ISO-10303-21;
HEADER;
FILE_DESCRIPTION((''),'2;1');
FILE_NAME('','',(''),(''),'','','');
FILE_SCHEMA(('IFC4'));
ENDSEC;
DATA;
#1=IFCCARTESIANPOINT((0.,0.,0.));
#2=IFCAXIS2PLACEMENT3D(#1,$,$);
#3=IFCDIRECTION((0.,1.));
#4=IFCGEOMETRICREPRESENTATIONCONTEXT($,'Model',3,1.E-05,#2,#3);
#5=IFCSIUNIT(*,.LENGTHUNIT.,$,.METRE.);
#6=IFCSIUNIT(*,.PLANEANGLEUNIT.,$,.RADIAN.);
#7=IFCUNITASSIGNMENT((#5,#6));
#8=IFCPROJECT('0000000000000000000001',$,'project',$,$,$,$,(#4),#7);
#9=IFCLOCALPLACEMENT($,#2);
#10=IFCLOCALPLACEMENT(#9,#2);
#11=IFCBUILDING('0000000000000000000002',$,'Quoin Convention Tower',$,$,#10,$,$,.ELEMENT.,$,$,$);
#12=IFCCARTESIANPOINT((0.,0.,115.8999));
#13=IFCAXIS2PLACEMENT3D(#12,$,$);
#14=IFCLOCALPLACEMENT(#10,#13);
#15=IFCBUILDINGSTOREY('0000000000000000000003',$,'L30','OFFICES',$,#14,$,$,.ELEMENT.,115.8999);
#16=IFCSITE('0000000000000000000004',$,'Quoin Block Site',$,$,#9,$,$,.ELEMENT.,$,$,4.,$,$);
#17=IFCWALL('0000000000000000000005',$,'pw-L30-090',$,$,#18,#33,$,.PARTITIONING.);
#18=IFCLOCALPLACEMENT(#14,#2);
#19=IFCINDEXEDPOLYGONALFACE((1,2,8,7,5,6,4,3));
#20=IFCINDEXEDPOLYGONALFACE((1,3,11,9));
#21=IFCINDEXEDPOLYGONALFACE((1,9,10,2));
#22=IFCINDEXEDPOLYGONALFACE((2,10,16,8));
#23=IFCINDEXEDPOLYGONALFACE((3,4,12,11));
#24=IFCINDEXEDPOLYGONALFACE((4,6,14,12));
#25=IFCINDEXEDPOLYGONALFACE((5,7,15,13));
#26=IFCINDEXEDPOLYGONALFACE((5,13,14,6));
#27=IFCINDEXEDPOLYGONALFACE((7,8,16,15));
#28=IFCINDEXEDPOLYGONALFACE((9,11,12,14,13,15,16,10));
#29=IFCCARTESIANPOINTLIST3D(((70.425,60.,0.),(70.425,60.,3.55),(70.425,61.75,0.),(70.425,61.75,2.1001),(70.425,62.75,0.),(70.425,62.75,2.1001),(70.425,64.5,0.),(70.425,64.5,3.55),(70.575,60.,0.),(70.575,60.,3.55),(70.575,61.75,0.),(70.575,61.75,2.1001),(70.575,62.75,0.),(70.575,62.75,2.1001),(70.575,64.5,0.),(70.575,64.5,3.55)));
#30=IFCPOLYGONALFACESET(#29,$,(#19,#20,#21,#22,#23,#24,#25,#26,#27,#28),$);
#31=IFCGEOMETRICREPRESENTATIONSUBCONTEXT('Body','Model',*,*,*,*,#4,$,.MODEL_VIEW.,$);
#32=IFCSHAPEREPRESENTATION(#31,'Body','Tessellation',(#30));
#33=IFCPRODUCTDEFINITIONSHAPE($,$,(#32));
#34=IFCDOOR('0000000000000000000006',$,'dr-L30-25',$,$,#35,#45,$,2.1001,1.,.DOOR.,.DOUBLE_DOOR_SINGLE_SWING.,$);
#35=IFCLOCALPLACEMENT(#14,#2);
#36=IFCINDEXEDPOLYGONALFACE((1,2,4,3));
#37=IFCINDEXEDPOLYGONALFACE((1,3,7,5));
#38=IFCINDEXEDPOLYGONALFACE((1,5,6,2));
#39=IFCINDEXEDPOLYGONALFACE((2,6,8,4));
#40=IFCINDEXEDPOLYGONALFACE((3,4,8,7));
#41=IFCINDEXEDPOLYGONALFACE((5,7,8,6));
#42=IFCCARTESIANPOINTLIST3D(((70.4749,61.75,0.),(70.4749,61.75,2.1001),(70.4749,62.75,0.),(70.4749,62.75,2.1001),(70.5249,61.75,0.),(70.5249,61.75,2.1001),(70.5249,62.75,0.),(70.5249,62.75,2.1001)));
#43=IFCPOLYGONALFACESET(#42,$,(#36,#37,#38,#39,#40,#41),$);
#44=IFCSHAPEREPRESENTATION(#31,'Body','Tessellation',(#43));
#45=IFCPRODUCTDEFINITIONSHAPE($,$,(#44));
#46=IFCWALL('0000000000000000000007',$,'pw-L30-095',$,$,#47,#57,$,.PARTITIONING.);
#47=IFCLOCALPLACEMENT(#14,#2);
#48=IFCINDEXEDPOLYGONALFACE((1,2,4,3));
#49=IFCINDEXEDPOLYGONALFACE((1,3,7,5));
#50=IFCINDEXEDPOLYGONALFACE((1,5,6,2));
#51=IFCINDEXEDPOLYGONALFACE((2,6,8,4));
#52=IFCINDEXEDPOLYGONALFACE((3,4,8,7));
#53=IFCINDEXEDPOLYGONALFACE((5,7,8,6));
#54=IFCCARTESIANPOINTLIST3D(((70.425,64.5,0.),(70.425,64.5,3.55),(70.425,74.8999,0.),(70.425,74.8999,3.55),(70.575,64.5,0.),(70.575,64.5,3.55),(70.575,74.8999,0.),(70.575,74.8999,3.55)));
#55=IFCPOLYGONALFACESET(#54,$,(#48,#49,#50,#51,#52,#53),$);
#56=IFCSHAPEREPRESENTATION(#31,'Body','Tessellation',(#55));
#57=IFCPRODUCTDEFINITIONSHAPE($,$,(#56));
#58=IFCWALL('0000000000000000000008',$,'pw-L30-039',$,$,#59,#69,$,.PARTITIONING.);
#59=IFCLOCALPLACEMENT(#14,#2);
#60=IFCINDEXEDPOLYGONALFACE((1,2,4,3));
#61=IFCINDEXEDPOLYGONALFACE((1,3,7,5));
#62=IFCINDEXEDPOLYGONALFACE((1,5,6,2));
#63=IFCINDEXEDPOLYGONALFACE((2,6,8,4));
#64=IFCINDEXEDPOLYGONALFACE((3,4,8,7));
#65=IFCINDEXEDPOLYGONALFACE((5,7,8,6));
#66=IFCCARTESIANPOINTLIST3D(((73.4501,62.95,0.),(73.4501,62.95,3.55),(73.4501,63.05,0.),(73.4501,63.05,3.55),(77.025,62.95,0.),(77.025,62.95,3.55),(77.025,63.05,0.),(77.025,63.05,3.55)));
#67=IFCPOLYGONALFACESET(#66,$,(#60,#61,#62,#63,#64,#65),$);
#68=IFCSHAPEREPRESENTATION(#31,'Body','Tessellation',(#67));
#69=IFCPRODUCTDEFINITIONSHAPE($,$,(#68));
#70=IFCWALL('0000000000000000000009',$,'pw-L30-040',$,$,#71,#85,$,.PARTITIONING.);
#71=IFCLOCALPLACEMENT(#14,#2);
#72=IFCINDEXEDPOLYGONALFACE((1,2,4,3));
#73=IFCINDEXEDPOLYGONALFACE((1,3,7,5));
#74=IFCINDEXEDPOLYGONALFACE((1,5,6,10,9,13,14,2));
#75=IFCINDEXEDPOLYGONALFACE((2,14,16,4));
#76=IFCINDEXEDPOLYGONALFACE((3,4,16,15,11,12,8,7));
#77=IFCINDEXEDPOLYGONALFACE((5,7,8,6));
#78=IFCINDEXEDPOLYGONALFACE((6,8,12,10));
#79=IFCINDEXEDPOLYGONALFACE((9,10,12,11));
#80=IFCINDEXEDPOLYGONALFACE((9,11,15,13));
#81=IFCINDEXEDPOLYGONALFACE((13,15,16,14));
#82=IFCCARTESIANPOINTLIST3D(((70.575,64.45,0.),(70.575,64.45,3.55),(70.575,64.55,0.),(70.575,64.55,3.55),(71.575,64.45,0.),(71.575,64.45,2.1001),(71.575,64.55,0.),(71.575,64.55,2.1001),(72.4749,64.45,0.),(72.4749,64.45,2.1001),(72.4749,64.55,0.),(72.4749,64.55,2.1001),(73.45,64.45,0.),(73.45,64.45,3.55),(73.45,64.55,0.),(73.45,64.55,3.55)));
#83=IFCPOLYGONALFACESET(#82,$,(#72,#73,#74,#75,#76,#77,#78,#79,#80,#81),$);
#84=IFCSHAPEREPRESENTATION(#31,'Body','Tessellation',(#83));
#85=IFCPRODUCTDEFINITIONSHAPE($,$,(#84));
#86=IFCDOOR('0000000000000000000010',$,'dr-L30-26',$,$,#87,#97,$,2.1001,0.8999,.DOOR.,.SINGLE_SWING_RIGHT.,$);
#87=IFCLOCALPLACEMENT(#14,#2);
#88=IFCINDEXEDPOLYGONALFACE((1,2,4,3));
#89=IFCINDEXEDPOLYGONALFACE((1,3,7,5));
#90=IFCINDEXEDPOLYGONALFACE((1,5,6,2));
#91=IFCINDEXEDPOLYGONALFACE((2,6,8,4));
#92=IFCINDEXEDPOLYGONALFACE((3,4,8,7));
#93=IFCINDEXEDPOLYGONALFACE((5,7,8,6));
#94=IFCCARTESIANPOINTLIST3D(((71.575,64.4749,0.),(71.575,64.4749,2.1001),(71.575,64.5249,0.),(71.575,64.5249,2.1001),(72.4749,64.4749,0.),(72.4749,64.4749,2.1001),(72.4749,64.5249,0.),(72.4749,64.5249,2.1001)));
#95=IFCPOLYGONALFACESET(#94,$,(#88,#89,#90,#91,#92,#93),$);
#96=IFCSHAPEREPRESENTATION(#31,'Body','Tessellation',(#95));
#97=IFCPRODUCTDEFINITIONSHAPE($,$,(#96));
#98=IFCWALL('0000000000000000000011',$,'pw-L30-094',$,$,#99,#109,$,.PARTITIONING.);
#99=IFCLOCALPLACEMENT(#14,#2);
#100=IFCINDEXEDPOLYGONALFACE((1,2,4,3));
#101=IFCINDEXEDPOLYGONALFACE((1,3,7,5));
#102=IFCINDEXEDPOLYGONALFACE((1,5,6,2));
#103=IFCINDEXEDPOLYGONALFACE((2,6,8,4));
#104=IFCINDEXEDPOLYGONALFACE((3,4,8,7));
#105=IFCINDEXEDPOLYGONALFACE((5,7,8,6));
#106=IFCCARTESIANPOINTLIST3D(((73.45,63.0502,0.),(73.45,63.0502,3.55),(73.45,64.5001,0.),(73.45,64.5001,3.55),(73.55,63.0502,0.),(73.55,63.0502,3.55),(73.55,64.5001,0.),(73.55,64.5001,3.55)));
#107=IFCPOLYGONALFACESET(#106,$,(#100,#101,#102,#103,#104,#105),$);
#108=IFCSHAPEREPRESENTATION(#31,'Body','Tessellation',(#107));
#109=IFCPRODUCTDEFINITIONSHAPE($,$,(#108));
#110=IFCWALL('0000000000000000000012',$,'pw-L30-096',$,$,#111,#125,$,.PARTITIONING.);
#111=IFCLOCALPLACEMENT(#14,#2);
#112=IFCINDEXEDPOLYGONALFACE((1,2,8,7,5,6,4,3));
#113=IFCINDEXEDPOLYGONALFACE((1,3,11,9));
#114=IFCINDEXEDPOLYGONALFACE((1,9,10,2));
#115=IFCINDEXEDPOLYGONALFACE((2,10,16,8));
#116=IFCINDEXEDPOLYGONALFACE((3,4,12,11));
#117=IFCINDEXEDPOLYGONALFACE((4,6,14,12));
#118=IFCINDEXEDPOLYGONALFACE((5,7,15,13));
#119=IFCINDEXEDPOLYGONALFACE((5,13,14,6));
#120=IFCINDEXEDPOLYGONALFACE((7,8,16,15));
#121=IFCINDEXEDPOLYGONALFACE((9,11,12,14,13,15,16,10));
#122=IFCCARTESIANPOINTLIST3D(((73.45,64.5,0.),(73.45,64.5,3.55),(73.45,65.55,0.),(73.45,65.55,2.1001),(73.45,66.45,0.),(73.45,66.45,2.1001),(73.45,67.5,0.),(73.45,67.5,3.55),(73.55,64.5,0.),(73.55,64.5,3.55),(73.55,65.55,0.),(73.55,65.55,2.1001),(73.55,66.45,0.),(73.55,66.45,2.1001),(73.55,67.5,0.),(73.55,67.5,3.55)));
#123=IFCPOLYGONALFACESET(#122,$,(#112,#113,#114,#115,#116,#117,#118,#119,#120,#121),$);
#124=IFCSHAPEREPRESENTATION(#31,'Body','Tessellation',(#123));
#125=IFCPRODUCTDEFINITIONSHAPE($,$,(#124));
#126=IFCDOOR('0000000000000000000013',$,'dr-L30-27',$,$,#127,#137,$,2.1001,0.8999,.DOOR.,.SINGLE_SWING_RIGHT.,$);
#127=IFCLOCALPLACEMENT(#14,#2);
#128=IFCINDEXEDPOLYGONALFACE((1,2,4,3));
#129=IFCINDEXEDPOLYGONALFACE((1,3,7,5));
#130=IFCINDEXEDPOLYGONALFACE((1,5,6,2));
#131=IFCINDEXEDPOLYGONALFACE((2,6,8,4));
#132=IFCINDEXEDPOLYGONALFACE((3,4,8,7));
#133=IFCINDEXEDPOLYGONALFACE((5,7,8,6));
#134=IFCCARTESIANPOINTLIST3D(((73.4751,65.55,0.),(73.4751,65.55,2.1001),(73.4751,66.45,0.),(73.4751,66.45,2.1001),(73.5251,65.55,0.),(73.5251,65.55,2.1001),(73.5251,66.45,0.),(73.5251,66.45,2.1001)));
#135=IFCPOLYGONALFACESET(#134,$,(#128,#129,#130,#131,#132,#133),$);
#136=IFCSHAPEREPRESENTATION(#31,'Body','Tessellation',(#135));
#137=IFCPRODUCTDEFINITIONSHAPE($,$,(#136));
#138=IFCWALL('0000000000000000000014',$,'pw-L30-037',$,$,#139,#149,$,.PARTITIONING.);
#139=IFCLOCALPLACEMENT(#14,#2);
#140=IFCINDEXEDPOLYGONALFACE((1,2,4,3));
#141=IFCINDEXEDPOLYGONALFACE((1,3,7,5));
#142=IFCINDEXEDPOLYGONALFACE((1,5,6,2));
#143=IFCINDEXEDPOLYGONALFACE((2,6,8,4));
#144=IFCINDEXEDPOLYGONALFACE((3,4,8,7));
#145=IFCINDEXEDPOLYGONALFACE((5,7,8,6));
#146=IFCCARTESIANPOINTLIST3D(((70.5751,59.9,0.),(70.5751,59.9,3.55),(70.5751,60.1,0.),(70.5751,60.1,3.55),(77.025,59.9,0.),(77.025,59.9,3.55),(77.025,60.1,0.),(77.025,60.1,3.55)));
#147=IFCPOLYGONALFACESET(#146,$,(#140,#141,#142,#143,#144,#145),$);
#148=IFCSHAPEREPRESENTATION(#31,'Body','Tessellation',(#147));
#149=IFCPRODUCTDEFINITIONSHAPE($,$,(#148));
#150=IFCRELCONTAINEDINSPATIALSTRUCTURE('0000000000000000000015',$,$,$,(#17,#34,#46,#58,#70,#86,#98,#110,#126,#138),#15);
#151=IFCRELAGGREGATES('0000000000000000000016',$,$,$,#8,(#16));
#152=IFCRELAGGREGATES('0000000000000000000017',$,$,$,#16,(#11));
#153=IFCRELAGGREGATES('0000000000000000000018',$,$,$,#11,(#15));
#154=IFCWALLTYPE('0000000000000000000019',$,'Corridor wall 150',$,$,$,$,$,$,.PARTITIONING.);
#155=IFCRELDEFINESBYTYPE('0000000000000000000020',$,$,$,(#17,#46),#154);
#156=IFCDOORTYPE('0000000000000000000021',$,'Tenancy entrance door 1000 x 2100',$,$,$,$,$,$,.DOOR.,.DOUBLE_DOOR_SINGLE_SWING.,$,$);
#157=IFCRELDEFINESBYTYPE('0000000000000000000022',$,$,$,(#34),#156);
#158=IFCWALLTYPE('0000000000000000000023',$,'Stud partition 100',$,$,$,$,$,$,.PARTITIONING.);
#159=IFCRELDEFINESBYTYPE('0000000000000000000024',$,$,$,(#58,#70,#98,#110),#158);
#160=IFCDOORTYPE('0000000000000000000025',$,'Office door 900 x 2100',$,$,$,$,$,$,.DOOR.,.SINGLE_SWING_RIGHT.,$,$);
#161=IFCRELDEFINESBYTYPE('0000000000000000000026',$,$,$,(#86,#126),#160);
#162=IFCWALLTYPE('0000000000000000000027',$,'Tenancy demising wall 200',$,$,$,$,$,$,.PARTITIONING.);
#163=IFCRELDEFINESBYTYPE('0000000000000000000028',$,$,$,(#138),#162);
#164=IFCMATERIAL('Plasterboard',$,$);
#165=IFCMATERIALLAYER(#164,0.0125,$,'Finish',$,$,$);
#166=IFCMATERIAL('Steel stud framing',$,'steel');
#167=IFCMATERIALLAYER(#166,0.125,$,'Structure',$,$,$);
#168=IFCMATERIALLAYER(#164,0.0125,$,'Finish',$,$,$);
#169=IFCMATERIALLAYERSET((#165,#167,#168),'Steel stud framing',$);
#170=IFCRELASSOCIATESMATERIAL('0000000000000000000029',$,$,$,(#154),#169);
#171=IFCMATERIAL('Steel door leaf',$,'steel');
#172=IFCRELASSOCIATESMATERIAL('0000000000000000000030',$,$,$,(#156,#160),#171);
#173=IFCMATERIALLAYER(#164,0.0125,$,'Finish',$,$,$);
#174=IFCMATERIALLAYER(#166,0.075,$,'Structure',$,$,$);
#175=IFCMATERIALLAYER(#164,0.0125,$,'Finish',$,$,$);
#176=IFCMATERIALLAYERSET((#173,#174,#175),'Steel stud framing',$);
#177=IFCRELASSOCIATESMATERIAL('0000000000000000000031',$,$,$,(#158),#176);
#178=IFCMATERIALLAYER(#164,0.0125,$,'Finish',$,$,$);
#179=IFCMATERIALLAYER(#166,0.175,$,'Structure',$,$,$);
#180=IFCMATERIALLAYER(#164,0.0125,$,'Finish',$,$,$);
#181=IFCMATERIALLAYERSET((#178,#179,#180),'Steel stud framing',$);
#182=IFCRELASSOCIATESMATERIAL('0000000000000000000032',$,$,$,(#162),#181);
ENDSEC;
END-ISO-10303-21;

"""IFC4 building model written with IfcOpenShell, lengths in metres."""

from ifc_helpers import new_model, si_unit, direction, frame, frame_2d, origin, place, context, subcontext, project, spatial, rectangle, extrude, material, layer, layer_set, type_object, element, fill, save


model = new_model("IFC4")

# Units and contexts
model_context = context("Model", 3, precision=1e-05, world=origin(), true_north=direction((0.0, 1.0)))
body_context = subcontext(model_context, "Body", "Model", "MODEL_VIEW")
ifc_project = project(units=[si_unit("LENGTHUNIT", "METRE"), si_unit("PLANEANGLEUNIT", "RADIAN")], contexts=[model_context])

# Site, building, storey
site_placement = place(None, origin())
site = spatial("IfcSite", under=ifc_project, at=site_placement, Name="Quoin Block Site", CompositionType="ELEMENT", RefElevation=4.0)
building_placement = place(site_placement, origin())
building = spatial("IfcBuilding", under=site, at=building_placement, Name="Quoin Convention Tower", CompositionType="ELEMENT")
storey_placement = place(building_placement, frame((0.0, 0.0, 115.8999)))
storey = spatial("IfcBuildingStorey", under=building, at=storey_placement, Name="L30", Description="OFFICES", CompositionType="ELEMENT", Elevation=115.8999)

# Shared definitions
ifc_material_1 = material(Name="Plasterboard")
ifc_material_2 = material(Name="Steel stud framing", Category="steel")

# Wall, opening, door
ifc_layer_1 = layer(ifc_material_1, 0.0125, Name="Finish")
ifc_layer_2 = layer(ifc_material_2, 0.125, Name="Structure")
ifc_layer_3 = layer(ifc_material_1, 0.0125, Name="Finish")
ifc_layer_set_1 = layer_set([ifc_layer_1, ifc_layer_2, ifc_layer_3], Name="Steel stud framing")
wall_type_1 = type_object("IfcWallType", Name="Corridor wall 150", PredefinedType="PARTITIONING", material=ifc_layer_set_1)
wall_1_placement = place(storey_placement, frame((70.5, 60.0, 0.0), z_axis=(0.0, 0.0, 1.0), x_axis=(0.0, 1.0, 0.0)))
wall_1 = element("IfcWall", 1, at=wall_1_placement, inside=storey, type_object=wall_type_1, Name="pw-L30-090", PredefinedType="PARTITIONING", context=body_context, shape_type="SweptSolid", body=[
    extrude(rectangle(XDim=4.5, YDim=0.1499, at=frame_2d((2.25, 0.0))), origin(), (0.0, 0.0, 1.0), 3.55),
])
opening_1_placement = place(wall_1_placement, frame((1.75, 0.0, 0.0)))
opening_1 = element("IfcOpeningElement", 2, at=opening_1_placement, cuts=wall_1, PredefinedType="OPENING", context=body_context, shape_type="SweptSolid", body=[
    extrude(rectangle(XDim=1.0, YDim=2.1001, at=frame_2d((0.5, 1.05))), frame((0.0, 0.085, 0.0), z_axis=(0.0, -1.0, 0.0), x_axis=(1.0, 0.0, 0.0)), (0.0, 0.0, 1.0), 0.1699),
])
ifc_material_3 = material(Name="Steel door leaf", Category="steel")
door_type_1 = type_object("IfcDoorType", Name="Tenancy entrance door 1000 x 2100", OperationType="DOUBLE_DOOR_SINGLE_SWING", PredefinedType="DOOR", material=ifc_material_3)
door_1_placement = place(opening_1_placement, frame((1.0, 0.0, 0.0), z_axis=(0.0, 0.0, 1.0), x_axis=(-1.0, 0.0, 0.0)))
door_1 = element("IfcDoor", 3, at=door_1_placement, inside=storey, type_object=door_type_1, Name="dr-L30-25", OperationType="DOUBLE_DOOR_SINGLE_SWING", OverallHeight=2.1001, OverallWidth=1.0, PredefinedType="DOOR", context=body_context, shape_type="SweptSolid", body=[
    extrude(rectangle(XDim=1.0, YDim=2.1001, at=frame_2d((0.5, 1.05))), frame((0.0, 0.0249, 0.0), z_axis=(0.0, -1.0, 0.0), x_axis=(1.0, 0.0, 0.0)), (0.0, 0.0, 1.0), 0.05),
])
fill(opening_1, door_1)

# Walls
wall_2_placement = place(storey_placement, frame((70.5, 64.5, 0.0), z_axis=(0.0, 0.0, 1.0), x_axis=(0.0, 1.0, 0.0)))
element("IfcWall", 4, at=wall_2_placement, inside=storey, type_object=wall_type_1, Name="pw-L30-095", PredefinedType="PARTITIONING", context=body_context, shape_type="SweptSolid", body=[
    extrude(rectangle(XDim=10.3999, YDim=0.1499, at=frame_2d((5.2, 0.0))), origin(), (0.0, 0.0, 1.0), 3.55),
])
ifc_layer_4 = layer(ifc_material_1, 0.0125, Name="Finish")
ifc_layer_5 = layer(ifc_material_2, 0.075, Name="Structure")
ifc_layer_6 = layer(ifc_material_1, 0.0125, Name="Finish")
ifc_layer_set_2 = layer_set([ifc_layer_4, ifc_layer_5, ifc_layer_6], Name="Steel stud framing")
wall_type_2 = type_object("IfcWallType", Name="Stud partition 100", PredefinedType="PARTITIONING", material=ifc_layer_set_2)
wall_3_placement = place(storey_placement, frame((73.45, 63.0, 0.0), z_axis=(0.0, 0.0, 1.0), x_axis=(1.0, 0.0, 0.0)))
element("IfcWall", 5, at=wall_3_placement, inside=storey, type_object=wall_type_2, Name="pw-L30-039", PredefinedType="PARTITIONING", context=body_context, shape_type="SweptSolid", body=[
    extrude(rectangle(XDim=3.575, YDim=0.1001, at=frame_2d((1.7876, 0.0))), origin(), (0.0, 0.0, 1.0), 3.55),
])

# Wall, opening, door
wall_4_placement = place(storey_placement, frame((70.575, 64.5, 0.0), z_axis=(0.0, 0.0, 1.0), x_axis=(1.0, 0.0, 0.0)))
wall_4 = element("IfcWall", 6, at=wall_4_placement, inside=storey, type_object=wall_type_2, Name="pw-L30-040", PredefinedType="PARTITIONING", context=body_context, shape_type="SweptSolid", body=[
    extrude(rectangle(XDim=2.875, YDim=0.1001, at=frame_2d((1.4375, 0.0))), origin(), (0.0, 0.0, 1.0), 3.55),
])
opening_2_placement = place(wall_4_placement, frame((1.0, 0.0, 0.0)))
opening_2 = element("IfcOpeningElement", 7, at=opening_2_placement, cuts=wall_4, PredefinedType="OPENING", context=body_context, shape_type="SweptSolid", body=[
    extrude(rectangle(XDim=0.8999, YDim=2.1001, at=frame_2d((0.45, 1.05))), frame((0.0, 0.0601, 0.0), z_axis=(0.0, -1.0, 0.0), x_axis=(1.0, 0.0, 0.0)), (0.0, 0.0, 1.0), 0.1201),
])
door_type_2 = type_object("IfcDoorType", Name="Office door 900 x 2100", OperationType="SINGLE_SWING_RIGHT", PredefinedType="DOOR", material=ifc_material_3)
door_2_placement = place(opening_2_placement, origin())
door_2 = element("IfcDoor", 8, at=door_2_placement, inside=storey, type_object=door_type_2, Name="dr-L30-26", OperationType="SINGLE_SWING_RIGHT", OverallHeight=2.1001, OverallWidth=0.8999, PredefinedType="DOOR", context=body_context, shape_type="SweptSolid", body=[
    extrude(rectangle(XDim=0.8999, YDim=2.1001, at=frame_2d((0.45, 1.05))), frame((0.0, 0.0249, 0.0), z_axis=(0.0, -1.0, 0.0), x_axis=(1.0, 0.0, 0.0)), (0.0, 0.0, 1.0), 0.05),
])
fill(opening_2, door_2)

# Wall
wall_5_placement = place(storey_placement, frame((73.5, 63.05, 0.0), z_axis=(0.0, 0.0, 1.0), x_axis=(0.0, 1.0, 0.0)))
element("IfcWall", 9, at=wall_5_placement, inside=storey, type_object=wall_type_2, Name="pw-L30-094", PredefinedType="PARTITIONING", context=body_context, shape_type="SweptSolid", body=[
    extrude(rectangle(XDim=1.45, YDim=0.1001, at=frame_2d((0.7251, 0.0))), origin(), (0.0, 0.0, 1.0), 3.55),
])

# Wall, opening, door
wall_6_placement = place(storey_placement, frame((73.5, 64.5, 0.0), z_axis=(0.0, 0.0, 1.0), x_axis=(0.0, 1.0, 0.0)))
wall_6 = element("IfcWall", 10, at=wall_6_placement, inside=storey, type_object=wall_type_2, Name="pw-L30-096", PredefinedType="PARTITIONING", context=body_context, shape_type="SweptSolid", body=[
    extrude(rectangle(XDim=3.0, YDim=0.1001, at=frame_2d((1.5, 0.0))), origin(), (0.0, 0.0, 1.0), 3.55),
])
opening_3_placement = place(wall_6_placement, frame((1.05, 0.0, 0.0)))
opening_3 = element("IfcOpeningElement", 11, at=opening_3_placement, cuts=wall_6, PredefinedType="OPENING", context=body_context, shape_type="SweptSolid", body=[
    extrude(rectangle(XDim=0.8999, YDim=2.1001, at=frame_2d((0.45, 1.05))), frame((0.0, 0.0601, 0.0), z_axis=(0.0, -1.0, 0.0), x_axis=(1.0, 0.0, 0.0)), (0.0, 0.0, 1.0), 0.1201),
])
door_3_placement = place(opening_3_placement, origin())
door_3 = element("IfcDoor", 12, at=door_3_placement, inside=storey, type_object=door_type_2, Name="dr-L30-27", OperationType="SINGLE_SWING_RIGHT", OverallHeight=2.1001, OverallWidth=0.8999, PredefinedType="DOOR", context=body_context, shape_type="SweptSolid", body=[
    extrude(rectangle(XDim=0.8999, YDim=2.1001, at=frame_2d((0.45, 1.05))), frame((0.0, 0.0249, 0.0), z_axis=(0.0, -1.0, 0.0), x_axis=(1.0, 0.0, 0.0)), (0.0, 0.0, 1.0), 0.05),
])
fill(opening_3, door_3)

# Wall
ifc_layer_7 = layer(ifc_material_1, 0.0125, Name="Finish")
ifc_layer_8 = layer(ifc_material_2, 0.175, Name="Structure")
ifc_layer_9 = layer(ifc_material_1, 0.0125, Name="Finish")
ifc_layer_set_3 = layer_set([ifc_layer_7, ifc_layer_8, ifc_layer_9], Name="Steel stud framing")
wall_type_3 = type_object("IfcWallType", Name="Tenancy demising wall 200", PredefinedType="PARTITIONING", material=ifc_layer_set_3)
wall_7_placement = place(storey_placement, frame((70.575, 60.0, 0.0), z_axis=(0.0, 0.0, 1.0), x_axis=(1.0, 0.0, 0.0)))
element("IfcWall", 13, at=wall_7_placement, inside=storey, type_object=wall_type_3, Name="pw-L30-037", PredefinedType="PARTITIONING", context=body_context, shape_type="SweptSolid", body=[
    extrude(rectangle(XDim=6.45, YDim=0.2, at=frame_2d((3.2251, 0.0))), origin(), (0.0, 0.0, 1.0), 3.55),
])

save(model, "model.ifc")
